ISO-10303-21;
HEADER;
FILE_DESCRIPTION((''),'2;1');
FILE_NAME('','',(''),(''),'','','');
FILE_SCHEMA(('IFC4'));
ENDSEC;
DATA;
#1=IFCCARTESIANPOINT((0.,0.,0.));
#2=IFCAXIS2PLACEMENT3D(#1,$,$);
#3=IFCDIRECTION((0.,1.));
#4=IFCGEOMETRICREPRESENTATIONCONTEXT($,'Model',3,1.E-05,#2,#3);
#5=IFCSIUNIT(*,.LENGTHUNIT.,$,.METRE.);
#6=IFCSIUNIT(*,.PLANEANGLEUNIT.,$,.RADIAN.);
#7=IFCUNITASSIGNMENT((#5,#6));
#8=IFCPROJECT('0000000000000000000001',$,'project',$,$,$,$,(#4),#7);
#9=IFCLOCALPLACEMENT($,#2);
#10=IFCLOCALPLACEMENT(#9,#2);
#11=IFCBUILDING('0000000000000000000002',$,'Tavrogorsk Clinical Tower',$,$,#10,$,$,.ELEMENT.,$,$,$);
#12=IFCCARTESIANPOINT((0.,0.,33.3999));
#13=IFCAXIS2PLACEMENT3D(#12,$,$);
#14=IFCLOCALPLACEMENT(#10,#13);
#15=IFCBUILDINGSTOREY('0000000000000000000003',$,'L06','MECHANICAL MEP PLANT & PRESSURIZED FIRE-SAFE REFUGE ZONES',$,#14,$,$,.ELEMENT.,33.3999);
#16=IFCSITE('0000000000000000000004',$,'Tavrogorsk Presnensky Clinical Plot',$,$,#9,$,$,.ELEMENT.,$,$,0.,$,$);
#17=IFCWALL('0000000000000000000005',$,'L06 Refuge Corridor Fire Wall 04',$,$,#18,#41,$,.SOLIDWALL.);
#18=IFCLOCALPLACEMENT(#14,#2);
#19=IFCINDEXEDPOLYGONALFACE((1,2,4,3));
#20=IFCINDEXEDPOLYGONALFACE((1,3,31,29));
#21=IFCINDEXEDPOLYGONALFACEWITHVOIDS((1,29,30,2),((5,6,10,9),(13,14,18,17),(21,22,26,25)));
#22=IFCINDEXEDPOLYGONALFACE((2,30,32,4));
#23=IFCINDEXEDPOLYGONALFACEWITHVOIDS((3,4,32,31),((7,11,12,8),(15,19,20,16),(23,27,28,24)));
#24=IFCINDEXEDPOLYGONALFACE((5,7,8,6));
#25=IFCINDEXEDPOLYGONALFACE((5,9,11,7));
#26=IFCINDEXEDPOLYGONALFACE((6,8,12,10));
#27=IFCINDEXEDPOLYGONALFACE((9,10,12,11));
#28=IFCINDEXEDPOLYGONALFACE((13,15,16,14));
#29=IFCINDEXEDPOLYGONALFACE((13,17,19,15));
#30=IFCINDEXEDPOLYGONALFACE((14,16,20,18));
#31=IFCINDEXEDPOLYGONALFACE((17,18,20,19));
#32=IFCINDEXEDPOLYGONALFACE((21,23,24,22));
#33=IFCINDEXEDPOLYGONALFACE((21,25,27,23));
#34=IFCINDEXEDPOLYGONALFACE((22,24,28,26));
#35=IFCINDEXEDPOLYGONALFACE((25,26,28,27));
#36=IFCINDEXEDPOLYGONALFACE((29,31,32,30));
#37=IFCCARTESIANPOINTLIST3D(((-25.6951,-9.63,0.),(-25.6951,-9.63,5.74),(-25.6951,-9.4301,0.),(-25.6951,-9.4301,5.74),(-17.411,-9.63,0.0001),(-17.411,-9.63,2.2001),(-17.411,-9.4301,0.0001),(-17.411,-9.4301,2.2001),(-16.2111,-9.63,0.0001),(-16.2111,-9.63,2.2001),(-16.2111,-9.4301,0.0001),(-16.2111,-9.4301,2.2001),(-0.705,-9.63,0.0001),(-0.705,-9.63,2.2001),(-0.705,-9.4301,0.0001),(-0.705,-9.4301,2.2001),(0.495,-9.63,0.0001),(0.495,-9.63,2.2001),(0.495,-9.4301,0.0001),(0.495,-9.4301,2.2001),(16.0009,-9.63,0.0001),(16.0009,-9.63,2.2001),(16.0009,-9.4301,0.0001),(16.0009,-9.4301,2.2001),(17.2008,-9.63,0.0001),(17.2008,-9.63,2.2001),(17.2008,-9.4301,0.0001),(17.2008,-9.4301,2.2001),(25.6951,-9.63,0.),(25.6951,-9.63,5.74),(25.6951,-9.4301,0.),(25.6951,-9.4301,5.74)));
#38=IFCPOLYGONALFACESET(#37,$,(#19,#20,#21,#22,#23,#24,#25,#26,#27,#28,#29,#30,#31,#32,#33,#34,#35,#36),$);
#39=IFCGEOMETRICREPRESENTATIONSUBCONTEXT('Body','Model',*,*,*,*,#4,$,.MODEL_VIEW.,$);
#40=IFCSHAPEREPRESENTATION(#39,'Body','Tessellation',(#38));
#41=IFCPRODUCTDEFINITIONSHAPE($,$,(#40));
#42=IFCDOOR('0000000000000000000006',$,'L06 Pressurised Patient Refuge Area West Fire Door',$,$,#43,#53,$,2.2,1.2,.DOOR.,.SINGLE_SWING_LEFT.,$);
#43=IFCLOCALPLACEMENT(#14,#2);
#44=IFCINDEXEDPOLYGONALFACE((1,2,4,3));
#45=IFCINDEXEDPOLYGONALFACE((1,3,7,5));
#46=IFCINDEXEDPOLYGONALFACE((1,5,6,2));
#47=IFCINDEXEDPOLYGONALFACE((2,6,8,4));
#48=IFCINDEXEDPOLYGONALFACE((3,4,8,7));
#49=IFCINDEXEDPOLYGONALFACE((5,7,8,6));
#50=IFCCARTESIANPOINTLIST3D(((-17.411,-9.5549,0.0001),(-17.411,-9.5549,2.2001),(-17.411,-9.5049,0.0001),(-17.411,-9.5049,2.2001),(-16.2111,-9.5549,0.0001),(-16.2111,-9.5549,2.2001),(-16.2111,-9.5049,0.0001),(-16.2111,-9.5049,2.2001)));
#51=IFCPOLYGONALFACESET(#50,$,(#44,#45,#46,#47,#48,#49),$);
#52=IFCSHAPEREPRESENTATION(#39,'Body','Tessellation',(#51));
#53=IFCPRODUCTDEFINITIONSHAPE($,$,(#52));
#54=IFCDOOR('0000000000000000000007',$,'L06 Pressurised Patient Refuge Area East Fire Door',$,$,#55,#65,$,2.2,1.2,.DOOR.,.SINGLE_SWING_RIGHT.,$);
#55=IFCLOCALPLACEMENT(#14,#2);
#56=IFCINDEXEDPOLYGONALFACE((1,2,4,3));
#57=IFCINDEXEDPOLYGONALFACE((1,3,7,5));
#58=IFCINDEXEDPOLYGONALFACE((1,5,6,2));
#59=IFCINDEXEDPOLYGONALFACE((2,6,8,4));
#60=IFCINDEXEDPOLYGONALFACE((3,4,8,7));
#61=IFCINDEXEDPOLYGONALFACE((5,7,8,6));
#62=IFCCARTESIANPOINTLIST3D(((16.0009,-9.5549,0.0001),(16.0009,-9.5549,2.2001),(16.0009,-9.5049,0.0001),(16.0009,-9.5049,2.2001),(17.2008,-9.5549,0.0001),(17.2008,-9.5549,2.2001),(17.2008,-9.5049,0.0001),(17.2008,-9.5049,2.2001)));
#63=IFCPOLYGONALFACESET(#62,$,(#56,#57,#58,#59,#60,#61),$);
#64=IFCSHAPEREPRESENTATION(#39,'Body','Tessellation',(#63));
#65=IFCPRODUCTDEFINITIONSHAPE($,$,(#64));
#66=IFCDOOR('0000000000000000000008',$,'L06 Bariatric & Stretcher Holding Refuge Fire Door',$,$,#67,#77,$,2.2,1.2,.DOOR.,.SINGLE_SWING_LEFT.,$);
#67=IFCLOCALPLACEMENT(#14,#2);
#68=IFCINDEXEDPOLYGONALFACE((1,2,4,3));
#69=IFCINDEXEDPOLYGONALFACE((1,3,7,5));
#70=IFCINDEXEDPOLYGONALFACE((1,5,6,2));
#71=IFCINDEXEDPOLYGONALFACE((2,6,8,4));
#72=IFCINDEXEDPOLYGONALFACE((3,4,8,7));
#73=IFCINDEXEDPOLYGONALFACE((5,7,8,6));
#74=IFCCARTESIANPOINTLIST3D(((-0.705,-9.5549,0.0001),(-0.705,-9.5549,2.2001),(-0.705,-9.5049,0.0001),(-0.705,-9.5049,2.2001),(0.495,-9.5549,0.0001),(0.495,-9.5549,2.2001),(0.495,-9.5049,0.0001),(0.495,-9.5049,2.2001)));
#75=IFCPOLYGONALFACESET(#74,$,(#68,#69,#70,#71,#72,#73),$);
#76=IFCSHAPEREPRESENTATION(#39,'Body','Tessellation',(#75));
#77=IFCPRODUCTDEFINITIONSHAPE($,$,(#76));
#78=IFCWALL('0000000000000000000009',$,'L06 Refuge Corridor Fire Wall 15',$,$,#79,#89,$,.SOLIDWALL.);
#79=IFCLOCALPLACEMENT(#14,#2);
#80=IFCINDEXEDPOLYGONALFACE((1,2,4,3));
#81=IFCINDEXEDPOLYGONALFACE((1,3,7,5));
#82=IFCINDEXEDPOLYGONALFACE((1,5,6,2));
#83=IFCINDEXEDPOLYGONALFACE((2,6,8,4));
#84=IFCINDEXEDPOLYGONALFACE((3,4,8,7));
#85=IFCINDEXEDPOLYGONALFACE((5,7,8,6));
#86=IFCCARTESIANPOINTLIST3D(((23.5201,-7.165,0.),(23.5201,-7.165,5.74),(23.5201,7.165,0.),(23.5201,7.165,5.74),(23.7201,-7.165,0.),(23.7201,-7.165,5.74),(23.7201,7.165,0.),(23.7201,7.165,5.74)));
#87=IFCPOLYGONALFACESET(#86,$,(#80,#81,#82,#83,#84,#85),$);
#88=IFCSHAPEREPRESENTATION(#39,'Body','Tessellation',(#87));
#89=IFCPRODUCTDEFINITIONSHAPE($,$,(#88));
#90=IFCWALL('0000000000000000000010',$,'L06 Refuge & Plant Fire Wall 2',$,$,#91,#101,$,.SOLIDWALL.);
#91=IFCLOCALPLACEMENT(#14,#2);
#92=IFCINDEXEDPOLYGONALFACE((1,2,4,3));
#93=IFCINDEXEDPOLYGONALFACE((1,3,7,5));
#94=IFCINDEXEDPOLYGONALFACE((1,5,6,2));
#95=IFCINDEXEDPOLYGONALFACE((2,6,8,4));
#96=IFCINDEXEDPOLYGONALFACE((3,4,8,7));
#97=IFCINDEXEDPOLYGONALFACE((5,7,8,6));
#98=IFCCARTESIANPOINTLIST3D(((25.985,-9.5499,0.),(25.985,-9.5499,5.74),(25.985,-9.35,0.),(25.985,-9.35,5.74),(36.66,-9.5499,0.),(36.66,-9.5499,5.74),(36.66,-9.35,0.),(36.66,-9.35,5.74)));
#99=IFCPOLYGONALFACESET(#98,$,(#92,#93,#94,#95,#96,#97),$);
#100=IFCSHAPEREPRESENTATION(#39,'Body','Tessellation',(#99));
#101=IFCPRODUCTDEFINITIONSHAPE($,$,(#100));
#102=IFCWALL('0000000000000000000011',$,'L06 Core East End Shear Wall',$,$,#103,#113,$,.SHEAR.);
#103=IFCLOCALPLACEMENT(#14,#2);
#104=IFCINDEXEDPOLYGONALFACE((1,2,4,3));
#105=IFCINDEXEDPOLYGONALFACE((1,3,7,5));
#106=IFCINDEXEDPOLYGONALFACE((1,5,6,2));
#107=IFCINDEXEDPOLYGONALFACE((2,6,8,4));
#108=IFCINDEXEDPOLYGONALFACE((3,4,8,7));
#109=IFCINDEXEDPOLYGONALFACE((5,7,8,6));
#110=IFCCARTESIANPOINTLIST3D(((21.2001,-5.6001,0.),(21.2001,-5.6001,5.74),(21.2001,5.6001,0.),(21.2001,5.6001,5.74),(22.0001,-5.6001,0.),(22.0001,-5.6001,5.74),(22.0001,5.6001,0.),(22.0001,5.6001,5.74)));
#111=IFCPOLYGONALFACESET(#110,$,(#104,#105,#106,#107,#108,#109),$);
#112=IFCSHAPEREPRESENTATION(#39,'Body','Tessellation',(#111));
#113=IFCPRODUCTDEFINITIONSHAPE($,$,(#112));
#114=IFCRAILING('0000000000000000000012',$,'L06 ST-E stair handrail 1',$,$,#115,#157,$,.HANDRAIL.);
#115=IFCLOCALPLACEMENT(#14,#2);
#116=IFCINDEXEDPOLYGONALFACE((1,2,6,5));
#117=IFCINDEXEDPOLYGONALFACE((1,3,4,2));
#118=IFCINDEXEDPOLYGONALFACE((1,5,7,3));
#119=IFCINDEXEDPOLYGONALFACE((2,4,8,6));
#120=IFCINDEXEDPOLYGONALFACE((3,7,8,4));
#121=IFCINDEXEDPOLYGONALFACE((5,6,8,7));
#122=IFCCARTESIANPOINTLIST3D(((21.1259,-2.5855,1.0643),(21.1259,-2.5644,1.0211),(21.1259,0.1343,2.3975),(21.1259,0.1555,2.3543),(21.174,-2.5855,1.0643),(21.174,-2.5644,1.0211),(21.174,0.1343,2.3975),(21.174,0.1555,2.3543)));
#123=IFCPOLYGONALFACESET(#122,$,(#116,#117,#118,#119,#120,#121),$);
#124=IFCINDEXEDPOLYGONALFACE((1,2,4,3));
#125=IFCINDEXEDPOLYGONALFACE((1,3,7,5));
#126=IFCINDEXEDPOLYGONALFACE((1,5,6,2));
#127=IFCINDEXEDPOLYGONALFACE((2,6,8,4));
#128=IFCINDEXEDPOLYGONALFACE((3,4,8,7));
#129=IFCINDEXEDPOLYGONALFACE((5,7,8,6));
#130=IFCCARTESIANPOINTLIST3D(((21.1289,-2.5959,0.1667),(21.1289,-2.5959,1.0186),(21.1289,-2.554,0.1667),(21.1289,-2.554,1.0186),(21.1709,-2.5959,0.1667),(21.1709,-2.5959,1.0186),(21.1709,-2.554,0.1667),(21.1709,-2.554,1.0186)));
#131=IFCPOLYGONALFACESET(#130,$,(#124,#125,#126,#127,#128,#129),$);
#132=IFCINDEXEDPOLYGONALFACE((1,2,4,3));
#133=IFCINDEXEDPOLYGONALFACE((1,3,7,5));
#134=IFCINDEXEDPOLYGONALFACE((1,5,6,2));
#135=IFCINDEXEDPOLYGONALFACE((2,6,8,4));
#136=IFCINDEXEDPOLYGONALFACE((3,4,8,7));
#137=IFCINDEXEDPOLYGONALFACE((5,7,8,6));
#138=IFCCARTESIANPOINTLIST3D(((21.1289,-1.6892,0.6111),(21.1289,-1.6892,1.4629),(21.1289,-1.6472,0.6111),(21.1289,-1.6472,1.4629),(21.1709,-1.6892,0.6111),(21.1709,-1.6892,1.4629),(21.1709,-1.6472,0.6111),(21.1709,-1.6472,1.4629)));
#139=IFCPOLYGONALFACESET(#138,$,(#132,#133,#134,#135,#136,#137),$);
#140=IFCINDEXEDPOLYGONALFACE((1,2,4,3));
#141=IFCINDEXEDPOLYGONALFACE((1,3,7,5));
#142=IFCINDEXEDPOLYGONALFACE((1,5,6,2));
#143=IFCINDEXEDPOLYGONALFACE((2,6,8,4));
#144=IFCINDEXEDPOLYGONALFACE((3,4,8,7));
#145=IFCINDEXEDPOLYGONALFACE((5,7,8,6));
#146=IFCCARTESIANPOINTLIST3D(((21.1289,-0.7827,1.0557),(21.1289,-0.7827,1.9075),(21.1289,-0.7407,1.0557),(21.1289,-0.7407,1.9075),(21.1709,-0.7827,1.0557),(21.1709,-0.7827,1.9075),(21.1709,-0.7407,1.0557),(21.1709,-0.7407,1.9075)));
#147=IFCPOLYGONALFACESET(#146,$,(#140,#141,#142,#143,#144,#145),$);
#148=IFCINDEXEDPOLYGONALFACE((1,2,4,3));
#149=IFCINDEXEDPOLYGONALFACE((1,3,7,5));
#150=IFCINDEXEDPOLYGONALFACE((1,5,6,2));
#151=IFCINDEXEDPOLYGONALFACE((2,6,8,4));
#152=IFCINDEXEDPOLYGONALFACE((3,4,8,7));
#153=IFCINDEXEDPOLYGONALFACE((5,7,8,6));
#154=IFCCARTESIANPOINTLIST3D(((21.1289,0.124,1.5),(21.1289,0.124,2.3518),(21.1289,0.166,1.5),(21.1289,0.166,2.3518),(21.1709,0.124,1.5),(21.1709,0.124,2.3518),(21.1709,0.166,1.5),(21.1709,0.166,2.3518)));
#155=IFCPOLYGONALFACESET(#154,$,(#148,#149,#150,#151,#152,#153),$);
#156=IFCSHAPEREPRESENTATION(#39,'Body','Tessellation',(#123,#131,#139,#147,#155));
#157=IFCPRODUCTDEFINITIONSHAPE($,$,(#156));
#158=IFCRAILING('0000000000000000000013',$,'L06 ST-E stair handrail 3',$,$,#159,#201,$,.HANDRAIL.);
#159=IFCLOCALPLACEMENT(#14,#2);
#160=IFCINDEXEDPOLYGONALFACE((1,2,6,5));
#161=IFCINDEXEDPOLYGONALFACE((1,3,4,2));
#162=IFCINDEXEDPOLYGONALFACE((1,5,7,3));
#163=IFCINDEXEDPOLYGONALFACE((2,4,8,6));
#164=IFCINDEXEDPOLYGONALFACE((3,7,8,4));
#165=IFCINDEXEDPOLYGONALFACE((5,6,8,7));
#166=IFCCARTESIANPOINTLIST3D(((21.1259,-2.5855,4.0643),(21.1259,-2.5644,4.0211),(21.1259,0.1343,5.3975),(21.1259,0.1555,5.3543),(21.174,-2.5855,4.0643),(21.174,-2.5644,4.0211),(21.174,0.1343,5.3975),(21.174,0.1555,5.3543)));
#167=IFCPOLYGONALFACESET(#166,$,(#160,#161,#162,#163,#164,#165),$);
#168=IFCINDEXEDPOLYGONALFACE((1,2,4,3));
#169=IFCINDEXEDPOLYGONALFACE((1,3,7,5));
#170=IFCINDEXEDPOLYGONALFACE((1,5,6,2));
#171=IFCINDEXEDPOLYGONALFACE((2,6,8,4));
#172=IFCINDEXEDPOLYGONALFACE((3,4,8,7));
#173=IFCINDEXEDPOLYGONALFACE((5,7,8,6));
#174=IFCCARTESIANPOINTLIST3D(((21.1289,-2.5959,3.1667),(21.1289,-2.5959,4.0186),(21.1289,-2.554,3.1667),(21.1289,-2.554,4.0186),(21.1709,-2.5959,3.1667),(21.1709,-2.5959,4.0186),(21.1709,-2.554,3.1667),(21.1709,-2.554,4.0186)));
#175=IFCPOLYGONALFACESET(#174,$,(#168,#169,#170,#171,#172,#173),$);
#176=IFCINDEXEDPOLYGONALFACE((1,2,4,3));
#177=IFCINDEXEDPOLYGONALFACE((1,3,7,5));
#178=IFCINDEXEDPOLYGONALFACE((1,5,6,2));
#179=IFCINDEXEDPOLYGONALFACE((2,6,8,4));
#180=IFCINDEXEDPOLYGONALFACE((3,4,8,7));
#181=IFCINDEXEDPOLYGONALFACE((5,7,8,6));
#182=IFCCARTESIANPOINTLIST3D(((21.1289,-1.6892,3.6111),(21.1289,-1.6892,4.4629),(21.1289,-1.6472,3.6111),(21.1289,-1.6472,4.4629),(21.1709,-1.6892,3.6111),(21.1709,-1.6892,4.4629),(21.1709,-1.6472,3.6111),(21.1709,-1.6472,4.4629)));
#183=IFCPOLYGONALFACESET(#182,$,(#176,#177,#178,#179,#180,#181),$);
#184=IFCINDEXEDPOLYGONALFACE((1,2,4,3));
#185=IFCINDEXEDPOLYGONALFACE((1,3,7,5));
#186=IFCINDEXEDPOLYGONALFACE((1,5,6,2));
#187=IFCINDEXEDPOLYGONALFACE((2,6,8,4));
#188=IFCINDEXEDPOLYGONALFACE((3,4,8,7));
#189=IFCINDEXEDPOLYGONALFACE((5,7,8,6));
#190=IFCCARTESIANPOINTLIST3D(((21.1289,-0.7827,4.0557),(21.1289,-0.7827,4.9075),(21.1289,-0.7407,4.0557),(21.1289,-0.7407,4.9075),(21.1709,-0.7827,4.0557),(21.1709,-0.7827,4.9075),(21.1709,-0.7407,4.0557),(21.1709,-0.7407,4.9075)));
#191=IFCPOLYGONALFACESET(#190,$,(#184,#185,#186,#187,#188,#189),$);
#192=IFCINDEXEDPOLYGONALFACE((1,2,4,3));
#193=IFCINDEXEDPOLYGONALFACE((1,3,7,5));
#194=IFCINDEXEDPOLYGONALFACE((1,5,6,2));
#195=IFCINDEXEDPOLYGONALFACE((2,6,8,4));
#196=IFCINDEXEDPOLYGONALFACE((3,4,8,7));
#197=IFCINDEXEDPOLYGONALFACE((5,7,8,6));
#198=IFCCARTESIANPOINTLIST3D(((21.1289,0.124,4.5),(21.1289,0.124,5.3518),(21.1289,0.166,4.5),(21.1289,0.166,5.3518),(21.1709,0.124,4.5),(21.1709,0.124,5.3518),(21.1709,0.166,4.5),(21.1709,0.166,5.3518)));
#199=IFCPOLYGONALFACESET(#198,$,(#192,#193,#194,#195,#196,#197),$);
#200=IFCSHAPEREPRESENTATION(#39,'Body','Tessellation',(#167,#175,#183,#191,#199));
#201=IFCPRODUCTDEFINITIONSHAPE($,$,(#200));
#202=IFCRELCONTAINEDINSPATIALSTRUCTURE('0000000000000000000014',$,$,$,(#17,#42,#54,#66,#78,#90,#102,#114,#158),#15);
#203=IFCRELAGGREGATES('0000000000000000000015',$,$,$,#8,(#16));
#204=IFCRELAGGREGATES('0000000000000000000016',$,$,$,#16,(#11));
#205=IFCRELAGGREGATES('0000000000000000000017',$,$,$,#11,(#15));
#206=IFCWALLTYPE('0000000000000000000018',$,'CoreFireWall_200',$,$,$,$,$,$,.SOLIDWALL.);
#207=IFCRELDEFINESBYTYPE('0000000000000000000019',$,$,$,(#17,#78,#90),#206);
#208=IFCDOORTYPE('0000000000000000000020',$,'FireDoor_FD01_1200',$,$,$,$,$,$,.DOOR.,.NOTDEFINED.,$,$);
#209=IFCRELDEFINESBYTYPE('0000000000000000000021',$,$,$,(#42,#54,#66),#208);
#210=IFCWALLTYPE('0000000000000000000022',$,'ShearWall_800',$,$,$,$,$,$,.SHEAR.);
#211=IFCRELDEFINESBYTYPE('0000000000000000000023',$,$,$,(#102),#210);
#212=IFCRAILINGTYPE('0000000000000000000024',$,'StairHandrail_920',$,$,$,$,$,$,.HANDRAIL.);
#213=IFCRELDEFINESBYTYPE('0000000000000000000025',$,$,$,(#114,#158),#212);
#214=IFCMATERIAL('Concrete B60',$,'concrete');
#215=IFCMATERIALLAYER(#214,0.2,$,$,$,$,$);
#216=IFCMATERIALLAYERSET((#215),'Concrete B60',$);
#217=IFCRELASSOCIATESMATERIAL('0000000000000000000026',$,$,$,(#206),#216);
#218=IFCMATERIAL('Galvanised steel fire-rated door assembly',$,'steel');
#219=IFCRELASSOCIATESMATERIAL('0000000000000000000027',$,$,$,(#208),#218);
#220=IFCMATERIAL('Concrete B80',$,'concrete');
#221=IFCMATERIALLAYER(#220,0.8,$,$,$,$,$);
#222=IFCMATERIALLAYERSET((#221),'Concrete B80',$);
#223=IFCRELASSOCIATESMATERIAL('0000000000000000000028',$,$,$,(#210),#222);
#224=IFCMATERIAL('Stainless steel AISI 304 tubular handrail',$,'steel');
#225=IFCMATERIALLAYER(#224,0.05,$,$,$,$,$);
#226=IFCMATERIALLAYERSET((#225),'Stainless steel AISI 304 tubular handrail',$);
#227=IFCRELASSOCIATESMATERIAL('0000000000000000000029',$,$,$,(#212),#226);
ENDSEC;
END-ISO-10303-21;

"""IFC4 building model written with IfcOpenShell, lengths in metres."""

from ifc_helpers import new_model, si_unit, direction, frame, frame_2d, origin, origin_2d, place, context, subcontext, project, spatial, rectangle, extrude, material, layer, layer_set, type_object, element, fill, save


model = new_model("IFC4")

# Units and contexts
model_context = context("Model", 3, precision=1e-05, world=origin(), true_north=direction((0.0, 1.0)))
body_context = subcontext(model_context, "Body", "Model", "MODEL_VIEW")
ifc_project = project(units=[si_unit("LENGTHUNIT", "METRE"), si_unit("PLANEANGLEUNIT", "RADIAN")], contexts=[model_context])

# Site, building, storey
site_placement = place(None, origin())
site = spatial("IfcSite", under=ifc_project, at=site_placement, Name="Tavrogorsk Presnensky Clinical Plot", CompositionType="ELEMENT", RefElevation=0.0)
building_placement = place(site_placement, origin())
building = spatial("IfcBuilding", under=site, at=building_placement, Name="Tavrogorsk Clinical Tower", CompositionType="ELEMENT")
storey_placement = place(building_placement, frame((0.0, 0.0, 33.3999)))
storey = spatial("IfcBuildingStorey", under=building, at=storey_placement, Name="L06", Description="MECHANICAL MEP PLANT & PRESSURIZED FIRE-SAFE REFUGE ZONES", CompositionType="ELEMENT", Elevation=33.3999)

# Wall, openings, doors
ifc_material_1 = material(Name="Concrete B60", Category="concrete")
ifc_layer_1 = layer(ifc_material_1, 0.2)
ifc_layer_set_1 = layer_set([ifc_layer_1], Name="Concrete B60")
wall_type_1 = type_object("IfcWallType", Name="CoreFireWall_200", PredefinedType="SOLIDWALL", material=ifc_layer_set_1)
wall_1_placement = place(storey_placement, frame((25.6951, -9.53, 0.0), z_axis=(0.0, 0.0, 1.0), x_axis=(-1.0, 0.0, 0.0)))
wall_1 = element("IfcWall", 1, at=wall_1_placement, inside=storey, type_object=wall_type_1, Name="L06 Refuge Corridor Fire Wall 04", PredefinedType="SOLIDWALL", context=body_context, shape_type="SweptSolid", body=[
    extrude(rectangle(XDim=51.3901, YDim=0.2, at=frame_2d((25.6951, 0.0))), origin(), (0.0, 0.0, 1.0), 5.74),
])
opening_1_placement = place(wall_1_placement, frame((41.906, 0.0, 0.0)))
opening_1 = element("IfcOpeningElement", 2, at=opening_1_placement, cuts=wall_1, PredefinedType="OPENING", context=body_context, shape_type="SweptSolid", body=[
    extrude(rectangle(XDim=1.2, YDim=2.2, at=frame_2d((0.6001, 1.1001))), frame((0.0, 0.1099, 0.0), z_axis=(0.0, -1.0, 0.0), x_axis=(1.0, 0.0, 0.0)), (0.0, 0.0, 1.0), 0.22),
])
opening_2_placement = place(wall_1_placement, frame((8.4941, 0.0, 0.0)))
opening_2 = element("IfcOpeningElement", 3, at=opening_2_placement, cuts=wall_1, PredefinedType="OPENING", context=body_context, shape_type="SweptSolid", body=[
    extrude(rectangle(XDim=1.2, YDim=2.2, at=frame_2d((0.6001, 1.1001))), frame((0.0, 0.1099, 0.0), z_axis=(0.0, -1.0, 0.0), x_axis=(1.0, 0.0, 0.0)), (0.0, 0.0, 1.0), 0.22),
])
opening_3_placement = place(wall_1_placement, frame((25.2, 0.0, 0.0)))
opening_3 = element("IfcOpeningElement", 4, at=opening_3_placement, cuts=wall_1, PredefinedType="OPENING", context=body_context, shape_type="SweptSolid", body=[
    extrude(rectangle(XDim=1.2, YDim=2.2, at=frame_2d((0.6001, 1.1001))), frame((0.0, 0.1099, 0.0), z_axis=(0.0, -1.0, 0.0), x_axis=(1.0, 0.0, 0.0)), (0.0, 0.0, 1.0), 0.22),
])
ifc_material_2 = material(Name="Galvanised steel fire-rated door assembly", Category="steel")
door_type = type_object("IfcDoorType", Name="FireDoor_FD01_1200", OperationType="NOTDEFINED", PredefinedType="DOOR", material=ifc_material_2)
door_1_placement = place(opening_1_placement, origin())
door_1 = element("IfcDoor", 5, at=door_1_placement, inside=storey, type_object=door_type, Name="L06 Pressurised Patient Refuge Area West Fire Door", OperationType="SINGLE_SWING_LEFT", OverallHeight=2.2, OverallWidth=1.2, PredefinedType="DOOR", context=body_context, shape_type="SweptSolid", body=[
    extrude(rectangle(XDim=1.2, YDim=2.2, at=frame_2d((0.6001, 1.1001))), frame((0.0, 0.0249, 0.0), z_axis=(0.0, -1.0, 0.0), x_axis=(1.0, 0.0, 0.0)), (0.0, 0.0, 1.0), 0.05),
])
fill(opening_1, door_1)
door_2_placement = place(opening_2_placement, origin())
door_2 = element("IfcDoor", 6, at=door_2_placement, inside=storey, type_object=door_type, Name="L06 Pressurised Patient Refuge Area East Fire Door", OperationType="SINGLE_SWING_RIGHT", OverallHeight=2.2, OverallWidth=1.2, PredefinedType="DOOR", context=body_context, shape_type="SweptSolid", body=[
    extrude(rectangle(XDim=1.2, YDim=2.2, at=frame_2d((0.6001, 1.1001))), frame((0.0, 0.0249, 0.0), z_axis=(0.0, -1.0, 0.0), x_axis=(1.0, 0.0, 0.0)), (0.0, 0.0, 1.0), 0.05),
])
fill(opening_2, door_2)
door_3_placement = place(opening_3_placement, origin())
door_3 = element("IfcDoor", 7, at=door_3_placement, inside=storey, type_object=door_type, Name="L06 Bariatric & Stretcher Holding Refuge Fire Door", OperationType="SINGLE_SWING_LEFT", OverallHeight=2.2, OverallWidth=1.2, PredefinedType="DOOR", context=body_context, shape_type="SweptSolid", body=[
    extrude(rectangle(XDim=1.2, YDim=2.2, at=frame_2d((0.6001, 1.1001))), frame((0.0, 0.0249, 0.0), z_axis=(0.0, -1.0, 0.0), x_axis=(1.0, 0.0, 0.0)), (0.0, 0.0, 1.0), 0.05),
])
fill(opening_3, door_3)

# Walls
wall_2_placement = place(storey_placement, frame((23.6201, -7.165, 0.0), z_axis=(0.0, 0.0, 1.0), x_axis=(0.0, 1.0, 0.0)))
element("IfcWall", 8, at=wall_2_placement, inside=storey, type_object=wall_type_1, Name="L06 Refuge Corridor Fire Wall 15", PredefinedType="SOLIDWALL", context=body_context, shape_type="SweptSolid", body=[
    extrude(rectangle(XDim=14.3301, YDim=0.2, at=frame_2d((7.165, 0.0))), origin(), (0.0, 0.0, 1.0), 5.74),
])
wall_3_placement = place(storey_placement, frame((25.9851, -9.45, 0.0), z_axis=(0.0, 0.0, 1.0), x_axis=(1.0, 0.0, 0.0)))
element("IfcWall", 9, at=wall_3_placement, inside=storey, type_object=wall_type_1, Name="L06 Refuge & Plant Fire Wall 2", PredefinedType="SOLIDWALL", context=body_context, shape_type="SweptSolid", body=[
    extrude(rectangle(XDim=10.675, YDim=0.2, at=frame_2d((5.3374, 0.0))), origin(), (0.0, 0.0, 1.0), 5.74),
])
ifc_material_3 = material(Name="Concrete B80", Category="concrete")
ifc_layer_2 = layer(ifc_material_3, 0.8)
ifc_layer_set_2 = layer_set([ifc_layer_2], Name="Concrete B80")
wall_type_2 = type_object("IfcWallType", Name="ShearWall_800", PredefinedType="SHEAR", material=ifc_layer_set_2)
wall_4_placement = place(storey_placement, frame((21.6001, -5.6001, 0.0), z_axis=(0.0, 0.0, 1.0), x_axis=(0.0, 1.0, 0.0)))
element("IfcWall", 10, at=wall_4_placement, inside=storey, type_object=wall_type_2, Name="L06 Core East End Shear Wall", PredefinedType="SHEAR", context=body_context, shape_type="SweptSolid", body=[
    extrude(rectangle(XDim=11.2002, YDim=0.8, at=frame_2d((5.6001, 0.0))), origin(), (0.0, 0.0, 1.0), 5.74),
])

# Railings
ifc_material_4 = material(Name="Stainless steel AISI 304 tubular handrail", Category="steel")
ifc_layer_3 = layer(ifc_material_4, 0.05)
ifc_layer_set_3 = layer_set([ifc_layer_3], Name="Stainless steel AISI 304 tubular handrail")
railing_type = type_object("IfcRailingType", Name="StairHandrail_920", PredefinedType="HANDRAIL", material=ifc_layer_set_3)
for number, where, name in (
    (11, (21.1499, -2.575, 0.1667), "L06 ST-E stair handrail 1"),
    (12, (21.1499, -2.575, 3.1667), "L06 ST-E stair handrail 3"),
):
    element("IfcRailing", number, at=place(storey_placement, frame(where)), inside=storey, type_object=railing_type, Name=name, PredefinedType="HANDRAIL", context=body_context, shape_type="SweptSolid", body=[
        extrude(rectangle(XDim=0.0481, YDim=0.0481, at=origin_2d()), frame((0.0, 0.0, 0.876), z_axis=(0.0, 0.897929, 0.440139), x_axis=(-1.0, 0.0, 0.0)), (0.0, 0.0, 1.0), 3.0291),
        extrude(rectangle(XDim=0.042, YDim=0.042, at=origin_2d()), origin(), (0.0, 0.0, 1.0), 0.8518),
        extrude(rectangle(XDim=0.042, YDim=0.042, at=origin_2d()), frame((0.0, 0.9067, 0.4443)), (0.0, 0.0, 1.0), 0.8518),
        extrude(rectangle(XDim=0.042, YDim=0.042, at=origin_2d()), frame((0.0, 1.8132, 0.8889)), (0.0, 0.0, 1.0), 0.8518),
        extrude(rectangle(XDim=0.042, YDim=0.042, at=origin_2d()), frame((0.0, 2.72, 1.3333)), (0.0, 0.0, 1.0), 0.8518),
    ])

save(model, "model.ifc")
